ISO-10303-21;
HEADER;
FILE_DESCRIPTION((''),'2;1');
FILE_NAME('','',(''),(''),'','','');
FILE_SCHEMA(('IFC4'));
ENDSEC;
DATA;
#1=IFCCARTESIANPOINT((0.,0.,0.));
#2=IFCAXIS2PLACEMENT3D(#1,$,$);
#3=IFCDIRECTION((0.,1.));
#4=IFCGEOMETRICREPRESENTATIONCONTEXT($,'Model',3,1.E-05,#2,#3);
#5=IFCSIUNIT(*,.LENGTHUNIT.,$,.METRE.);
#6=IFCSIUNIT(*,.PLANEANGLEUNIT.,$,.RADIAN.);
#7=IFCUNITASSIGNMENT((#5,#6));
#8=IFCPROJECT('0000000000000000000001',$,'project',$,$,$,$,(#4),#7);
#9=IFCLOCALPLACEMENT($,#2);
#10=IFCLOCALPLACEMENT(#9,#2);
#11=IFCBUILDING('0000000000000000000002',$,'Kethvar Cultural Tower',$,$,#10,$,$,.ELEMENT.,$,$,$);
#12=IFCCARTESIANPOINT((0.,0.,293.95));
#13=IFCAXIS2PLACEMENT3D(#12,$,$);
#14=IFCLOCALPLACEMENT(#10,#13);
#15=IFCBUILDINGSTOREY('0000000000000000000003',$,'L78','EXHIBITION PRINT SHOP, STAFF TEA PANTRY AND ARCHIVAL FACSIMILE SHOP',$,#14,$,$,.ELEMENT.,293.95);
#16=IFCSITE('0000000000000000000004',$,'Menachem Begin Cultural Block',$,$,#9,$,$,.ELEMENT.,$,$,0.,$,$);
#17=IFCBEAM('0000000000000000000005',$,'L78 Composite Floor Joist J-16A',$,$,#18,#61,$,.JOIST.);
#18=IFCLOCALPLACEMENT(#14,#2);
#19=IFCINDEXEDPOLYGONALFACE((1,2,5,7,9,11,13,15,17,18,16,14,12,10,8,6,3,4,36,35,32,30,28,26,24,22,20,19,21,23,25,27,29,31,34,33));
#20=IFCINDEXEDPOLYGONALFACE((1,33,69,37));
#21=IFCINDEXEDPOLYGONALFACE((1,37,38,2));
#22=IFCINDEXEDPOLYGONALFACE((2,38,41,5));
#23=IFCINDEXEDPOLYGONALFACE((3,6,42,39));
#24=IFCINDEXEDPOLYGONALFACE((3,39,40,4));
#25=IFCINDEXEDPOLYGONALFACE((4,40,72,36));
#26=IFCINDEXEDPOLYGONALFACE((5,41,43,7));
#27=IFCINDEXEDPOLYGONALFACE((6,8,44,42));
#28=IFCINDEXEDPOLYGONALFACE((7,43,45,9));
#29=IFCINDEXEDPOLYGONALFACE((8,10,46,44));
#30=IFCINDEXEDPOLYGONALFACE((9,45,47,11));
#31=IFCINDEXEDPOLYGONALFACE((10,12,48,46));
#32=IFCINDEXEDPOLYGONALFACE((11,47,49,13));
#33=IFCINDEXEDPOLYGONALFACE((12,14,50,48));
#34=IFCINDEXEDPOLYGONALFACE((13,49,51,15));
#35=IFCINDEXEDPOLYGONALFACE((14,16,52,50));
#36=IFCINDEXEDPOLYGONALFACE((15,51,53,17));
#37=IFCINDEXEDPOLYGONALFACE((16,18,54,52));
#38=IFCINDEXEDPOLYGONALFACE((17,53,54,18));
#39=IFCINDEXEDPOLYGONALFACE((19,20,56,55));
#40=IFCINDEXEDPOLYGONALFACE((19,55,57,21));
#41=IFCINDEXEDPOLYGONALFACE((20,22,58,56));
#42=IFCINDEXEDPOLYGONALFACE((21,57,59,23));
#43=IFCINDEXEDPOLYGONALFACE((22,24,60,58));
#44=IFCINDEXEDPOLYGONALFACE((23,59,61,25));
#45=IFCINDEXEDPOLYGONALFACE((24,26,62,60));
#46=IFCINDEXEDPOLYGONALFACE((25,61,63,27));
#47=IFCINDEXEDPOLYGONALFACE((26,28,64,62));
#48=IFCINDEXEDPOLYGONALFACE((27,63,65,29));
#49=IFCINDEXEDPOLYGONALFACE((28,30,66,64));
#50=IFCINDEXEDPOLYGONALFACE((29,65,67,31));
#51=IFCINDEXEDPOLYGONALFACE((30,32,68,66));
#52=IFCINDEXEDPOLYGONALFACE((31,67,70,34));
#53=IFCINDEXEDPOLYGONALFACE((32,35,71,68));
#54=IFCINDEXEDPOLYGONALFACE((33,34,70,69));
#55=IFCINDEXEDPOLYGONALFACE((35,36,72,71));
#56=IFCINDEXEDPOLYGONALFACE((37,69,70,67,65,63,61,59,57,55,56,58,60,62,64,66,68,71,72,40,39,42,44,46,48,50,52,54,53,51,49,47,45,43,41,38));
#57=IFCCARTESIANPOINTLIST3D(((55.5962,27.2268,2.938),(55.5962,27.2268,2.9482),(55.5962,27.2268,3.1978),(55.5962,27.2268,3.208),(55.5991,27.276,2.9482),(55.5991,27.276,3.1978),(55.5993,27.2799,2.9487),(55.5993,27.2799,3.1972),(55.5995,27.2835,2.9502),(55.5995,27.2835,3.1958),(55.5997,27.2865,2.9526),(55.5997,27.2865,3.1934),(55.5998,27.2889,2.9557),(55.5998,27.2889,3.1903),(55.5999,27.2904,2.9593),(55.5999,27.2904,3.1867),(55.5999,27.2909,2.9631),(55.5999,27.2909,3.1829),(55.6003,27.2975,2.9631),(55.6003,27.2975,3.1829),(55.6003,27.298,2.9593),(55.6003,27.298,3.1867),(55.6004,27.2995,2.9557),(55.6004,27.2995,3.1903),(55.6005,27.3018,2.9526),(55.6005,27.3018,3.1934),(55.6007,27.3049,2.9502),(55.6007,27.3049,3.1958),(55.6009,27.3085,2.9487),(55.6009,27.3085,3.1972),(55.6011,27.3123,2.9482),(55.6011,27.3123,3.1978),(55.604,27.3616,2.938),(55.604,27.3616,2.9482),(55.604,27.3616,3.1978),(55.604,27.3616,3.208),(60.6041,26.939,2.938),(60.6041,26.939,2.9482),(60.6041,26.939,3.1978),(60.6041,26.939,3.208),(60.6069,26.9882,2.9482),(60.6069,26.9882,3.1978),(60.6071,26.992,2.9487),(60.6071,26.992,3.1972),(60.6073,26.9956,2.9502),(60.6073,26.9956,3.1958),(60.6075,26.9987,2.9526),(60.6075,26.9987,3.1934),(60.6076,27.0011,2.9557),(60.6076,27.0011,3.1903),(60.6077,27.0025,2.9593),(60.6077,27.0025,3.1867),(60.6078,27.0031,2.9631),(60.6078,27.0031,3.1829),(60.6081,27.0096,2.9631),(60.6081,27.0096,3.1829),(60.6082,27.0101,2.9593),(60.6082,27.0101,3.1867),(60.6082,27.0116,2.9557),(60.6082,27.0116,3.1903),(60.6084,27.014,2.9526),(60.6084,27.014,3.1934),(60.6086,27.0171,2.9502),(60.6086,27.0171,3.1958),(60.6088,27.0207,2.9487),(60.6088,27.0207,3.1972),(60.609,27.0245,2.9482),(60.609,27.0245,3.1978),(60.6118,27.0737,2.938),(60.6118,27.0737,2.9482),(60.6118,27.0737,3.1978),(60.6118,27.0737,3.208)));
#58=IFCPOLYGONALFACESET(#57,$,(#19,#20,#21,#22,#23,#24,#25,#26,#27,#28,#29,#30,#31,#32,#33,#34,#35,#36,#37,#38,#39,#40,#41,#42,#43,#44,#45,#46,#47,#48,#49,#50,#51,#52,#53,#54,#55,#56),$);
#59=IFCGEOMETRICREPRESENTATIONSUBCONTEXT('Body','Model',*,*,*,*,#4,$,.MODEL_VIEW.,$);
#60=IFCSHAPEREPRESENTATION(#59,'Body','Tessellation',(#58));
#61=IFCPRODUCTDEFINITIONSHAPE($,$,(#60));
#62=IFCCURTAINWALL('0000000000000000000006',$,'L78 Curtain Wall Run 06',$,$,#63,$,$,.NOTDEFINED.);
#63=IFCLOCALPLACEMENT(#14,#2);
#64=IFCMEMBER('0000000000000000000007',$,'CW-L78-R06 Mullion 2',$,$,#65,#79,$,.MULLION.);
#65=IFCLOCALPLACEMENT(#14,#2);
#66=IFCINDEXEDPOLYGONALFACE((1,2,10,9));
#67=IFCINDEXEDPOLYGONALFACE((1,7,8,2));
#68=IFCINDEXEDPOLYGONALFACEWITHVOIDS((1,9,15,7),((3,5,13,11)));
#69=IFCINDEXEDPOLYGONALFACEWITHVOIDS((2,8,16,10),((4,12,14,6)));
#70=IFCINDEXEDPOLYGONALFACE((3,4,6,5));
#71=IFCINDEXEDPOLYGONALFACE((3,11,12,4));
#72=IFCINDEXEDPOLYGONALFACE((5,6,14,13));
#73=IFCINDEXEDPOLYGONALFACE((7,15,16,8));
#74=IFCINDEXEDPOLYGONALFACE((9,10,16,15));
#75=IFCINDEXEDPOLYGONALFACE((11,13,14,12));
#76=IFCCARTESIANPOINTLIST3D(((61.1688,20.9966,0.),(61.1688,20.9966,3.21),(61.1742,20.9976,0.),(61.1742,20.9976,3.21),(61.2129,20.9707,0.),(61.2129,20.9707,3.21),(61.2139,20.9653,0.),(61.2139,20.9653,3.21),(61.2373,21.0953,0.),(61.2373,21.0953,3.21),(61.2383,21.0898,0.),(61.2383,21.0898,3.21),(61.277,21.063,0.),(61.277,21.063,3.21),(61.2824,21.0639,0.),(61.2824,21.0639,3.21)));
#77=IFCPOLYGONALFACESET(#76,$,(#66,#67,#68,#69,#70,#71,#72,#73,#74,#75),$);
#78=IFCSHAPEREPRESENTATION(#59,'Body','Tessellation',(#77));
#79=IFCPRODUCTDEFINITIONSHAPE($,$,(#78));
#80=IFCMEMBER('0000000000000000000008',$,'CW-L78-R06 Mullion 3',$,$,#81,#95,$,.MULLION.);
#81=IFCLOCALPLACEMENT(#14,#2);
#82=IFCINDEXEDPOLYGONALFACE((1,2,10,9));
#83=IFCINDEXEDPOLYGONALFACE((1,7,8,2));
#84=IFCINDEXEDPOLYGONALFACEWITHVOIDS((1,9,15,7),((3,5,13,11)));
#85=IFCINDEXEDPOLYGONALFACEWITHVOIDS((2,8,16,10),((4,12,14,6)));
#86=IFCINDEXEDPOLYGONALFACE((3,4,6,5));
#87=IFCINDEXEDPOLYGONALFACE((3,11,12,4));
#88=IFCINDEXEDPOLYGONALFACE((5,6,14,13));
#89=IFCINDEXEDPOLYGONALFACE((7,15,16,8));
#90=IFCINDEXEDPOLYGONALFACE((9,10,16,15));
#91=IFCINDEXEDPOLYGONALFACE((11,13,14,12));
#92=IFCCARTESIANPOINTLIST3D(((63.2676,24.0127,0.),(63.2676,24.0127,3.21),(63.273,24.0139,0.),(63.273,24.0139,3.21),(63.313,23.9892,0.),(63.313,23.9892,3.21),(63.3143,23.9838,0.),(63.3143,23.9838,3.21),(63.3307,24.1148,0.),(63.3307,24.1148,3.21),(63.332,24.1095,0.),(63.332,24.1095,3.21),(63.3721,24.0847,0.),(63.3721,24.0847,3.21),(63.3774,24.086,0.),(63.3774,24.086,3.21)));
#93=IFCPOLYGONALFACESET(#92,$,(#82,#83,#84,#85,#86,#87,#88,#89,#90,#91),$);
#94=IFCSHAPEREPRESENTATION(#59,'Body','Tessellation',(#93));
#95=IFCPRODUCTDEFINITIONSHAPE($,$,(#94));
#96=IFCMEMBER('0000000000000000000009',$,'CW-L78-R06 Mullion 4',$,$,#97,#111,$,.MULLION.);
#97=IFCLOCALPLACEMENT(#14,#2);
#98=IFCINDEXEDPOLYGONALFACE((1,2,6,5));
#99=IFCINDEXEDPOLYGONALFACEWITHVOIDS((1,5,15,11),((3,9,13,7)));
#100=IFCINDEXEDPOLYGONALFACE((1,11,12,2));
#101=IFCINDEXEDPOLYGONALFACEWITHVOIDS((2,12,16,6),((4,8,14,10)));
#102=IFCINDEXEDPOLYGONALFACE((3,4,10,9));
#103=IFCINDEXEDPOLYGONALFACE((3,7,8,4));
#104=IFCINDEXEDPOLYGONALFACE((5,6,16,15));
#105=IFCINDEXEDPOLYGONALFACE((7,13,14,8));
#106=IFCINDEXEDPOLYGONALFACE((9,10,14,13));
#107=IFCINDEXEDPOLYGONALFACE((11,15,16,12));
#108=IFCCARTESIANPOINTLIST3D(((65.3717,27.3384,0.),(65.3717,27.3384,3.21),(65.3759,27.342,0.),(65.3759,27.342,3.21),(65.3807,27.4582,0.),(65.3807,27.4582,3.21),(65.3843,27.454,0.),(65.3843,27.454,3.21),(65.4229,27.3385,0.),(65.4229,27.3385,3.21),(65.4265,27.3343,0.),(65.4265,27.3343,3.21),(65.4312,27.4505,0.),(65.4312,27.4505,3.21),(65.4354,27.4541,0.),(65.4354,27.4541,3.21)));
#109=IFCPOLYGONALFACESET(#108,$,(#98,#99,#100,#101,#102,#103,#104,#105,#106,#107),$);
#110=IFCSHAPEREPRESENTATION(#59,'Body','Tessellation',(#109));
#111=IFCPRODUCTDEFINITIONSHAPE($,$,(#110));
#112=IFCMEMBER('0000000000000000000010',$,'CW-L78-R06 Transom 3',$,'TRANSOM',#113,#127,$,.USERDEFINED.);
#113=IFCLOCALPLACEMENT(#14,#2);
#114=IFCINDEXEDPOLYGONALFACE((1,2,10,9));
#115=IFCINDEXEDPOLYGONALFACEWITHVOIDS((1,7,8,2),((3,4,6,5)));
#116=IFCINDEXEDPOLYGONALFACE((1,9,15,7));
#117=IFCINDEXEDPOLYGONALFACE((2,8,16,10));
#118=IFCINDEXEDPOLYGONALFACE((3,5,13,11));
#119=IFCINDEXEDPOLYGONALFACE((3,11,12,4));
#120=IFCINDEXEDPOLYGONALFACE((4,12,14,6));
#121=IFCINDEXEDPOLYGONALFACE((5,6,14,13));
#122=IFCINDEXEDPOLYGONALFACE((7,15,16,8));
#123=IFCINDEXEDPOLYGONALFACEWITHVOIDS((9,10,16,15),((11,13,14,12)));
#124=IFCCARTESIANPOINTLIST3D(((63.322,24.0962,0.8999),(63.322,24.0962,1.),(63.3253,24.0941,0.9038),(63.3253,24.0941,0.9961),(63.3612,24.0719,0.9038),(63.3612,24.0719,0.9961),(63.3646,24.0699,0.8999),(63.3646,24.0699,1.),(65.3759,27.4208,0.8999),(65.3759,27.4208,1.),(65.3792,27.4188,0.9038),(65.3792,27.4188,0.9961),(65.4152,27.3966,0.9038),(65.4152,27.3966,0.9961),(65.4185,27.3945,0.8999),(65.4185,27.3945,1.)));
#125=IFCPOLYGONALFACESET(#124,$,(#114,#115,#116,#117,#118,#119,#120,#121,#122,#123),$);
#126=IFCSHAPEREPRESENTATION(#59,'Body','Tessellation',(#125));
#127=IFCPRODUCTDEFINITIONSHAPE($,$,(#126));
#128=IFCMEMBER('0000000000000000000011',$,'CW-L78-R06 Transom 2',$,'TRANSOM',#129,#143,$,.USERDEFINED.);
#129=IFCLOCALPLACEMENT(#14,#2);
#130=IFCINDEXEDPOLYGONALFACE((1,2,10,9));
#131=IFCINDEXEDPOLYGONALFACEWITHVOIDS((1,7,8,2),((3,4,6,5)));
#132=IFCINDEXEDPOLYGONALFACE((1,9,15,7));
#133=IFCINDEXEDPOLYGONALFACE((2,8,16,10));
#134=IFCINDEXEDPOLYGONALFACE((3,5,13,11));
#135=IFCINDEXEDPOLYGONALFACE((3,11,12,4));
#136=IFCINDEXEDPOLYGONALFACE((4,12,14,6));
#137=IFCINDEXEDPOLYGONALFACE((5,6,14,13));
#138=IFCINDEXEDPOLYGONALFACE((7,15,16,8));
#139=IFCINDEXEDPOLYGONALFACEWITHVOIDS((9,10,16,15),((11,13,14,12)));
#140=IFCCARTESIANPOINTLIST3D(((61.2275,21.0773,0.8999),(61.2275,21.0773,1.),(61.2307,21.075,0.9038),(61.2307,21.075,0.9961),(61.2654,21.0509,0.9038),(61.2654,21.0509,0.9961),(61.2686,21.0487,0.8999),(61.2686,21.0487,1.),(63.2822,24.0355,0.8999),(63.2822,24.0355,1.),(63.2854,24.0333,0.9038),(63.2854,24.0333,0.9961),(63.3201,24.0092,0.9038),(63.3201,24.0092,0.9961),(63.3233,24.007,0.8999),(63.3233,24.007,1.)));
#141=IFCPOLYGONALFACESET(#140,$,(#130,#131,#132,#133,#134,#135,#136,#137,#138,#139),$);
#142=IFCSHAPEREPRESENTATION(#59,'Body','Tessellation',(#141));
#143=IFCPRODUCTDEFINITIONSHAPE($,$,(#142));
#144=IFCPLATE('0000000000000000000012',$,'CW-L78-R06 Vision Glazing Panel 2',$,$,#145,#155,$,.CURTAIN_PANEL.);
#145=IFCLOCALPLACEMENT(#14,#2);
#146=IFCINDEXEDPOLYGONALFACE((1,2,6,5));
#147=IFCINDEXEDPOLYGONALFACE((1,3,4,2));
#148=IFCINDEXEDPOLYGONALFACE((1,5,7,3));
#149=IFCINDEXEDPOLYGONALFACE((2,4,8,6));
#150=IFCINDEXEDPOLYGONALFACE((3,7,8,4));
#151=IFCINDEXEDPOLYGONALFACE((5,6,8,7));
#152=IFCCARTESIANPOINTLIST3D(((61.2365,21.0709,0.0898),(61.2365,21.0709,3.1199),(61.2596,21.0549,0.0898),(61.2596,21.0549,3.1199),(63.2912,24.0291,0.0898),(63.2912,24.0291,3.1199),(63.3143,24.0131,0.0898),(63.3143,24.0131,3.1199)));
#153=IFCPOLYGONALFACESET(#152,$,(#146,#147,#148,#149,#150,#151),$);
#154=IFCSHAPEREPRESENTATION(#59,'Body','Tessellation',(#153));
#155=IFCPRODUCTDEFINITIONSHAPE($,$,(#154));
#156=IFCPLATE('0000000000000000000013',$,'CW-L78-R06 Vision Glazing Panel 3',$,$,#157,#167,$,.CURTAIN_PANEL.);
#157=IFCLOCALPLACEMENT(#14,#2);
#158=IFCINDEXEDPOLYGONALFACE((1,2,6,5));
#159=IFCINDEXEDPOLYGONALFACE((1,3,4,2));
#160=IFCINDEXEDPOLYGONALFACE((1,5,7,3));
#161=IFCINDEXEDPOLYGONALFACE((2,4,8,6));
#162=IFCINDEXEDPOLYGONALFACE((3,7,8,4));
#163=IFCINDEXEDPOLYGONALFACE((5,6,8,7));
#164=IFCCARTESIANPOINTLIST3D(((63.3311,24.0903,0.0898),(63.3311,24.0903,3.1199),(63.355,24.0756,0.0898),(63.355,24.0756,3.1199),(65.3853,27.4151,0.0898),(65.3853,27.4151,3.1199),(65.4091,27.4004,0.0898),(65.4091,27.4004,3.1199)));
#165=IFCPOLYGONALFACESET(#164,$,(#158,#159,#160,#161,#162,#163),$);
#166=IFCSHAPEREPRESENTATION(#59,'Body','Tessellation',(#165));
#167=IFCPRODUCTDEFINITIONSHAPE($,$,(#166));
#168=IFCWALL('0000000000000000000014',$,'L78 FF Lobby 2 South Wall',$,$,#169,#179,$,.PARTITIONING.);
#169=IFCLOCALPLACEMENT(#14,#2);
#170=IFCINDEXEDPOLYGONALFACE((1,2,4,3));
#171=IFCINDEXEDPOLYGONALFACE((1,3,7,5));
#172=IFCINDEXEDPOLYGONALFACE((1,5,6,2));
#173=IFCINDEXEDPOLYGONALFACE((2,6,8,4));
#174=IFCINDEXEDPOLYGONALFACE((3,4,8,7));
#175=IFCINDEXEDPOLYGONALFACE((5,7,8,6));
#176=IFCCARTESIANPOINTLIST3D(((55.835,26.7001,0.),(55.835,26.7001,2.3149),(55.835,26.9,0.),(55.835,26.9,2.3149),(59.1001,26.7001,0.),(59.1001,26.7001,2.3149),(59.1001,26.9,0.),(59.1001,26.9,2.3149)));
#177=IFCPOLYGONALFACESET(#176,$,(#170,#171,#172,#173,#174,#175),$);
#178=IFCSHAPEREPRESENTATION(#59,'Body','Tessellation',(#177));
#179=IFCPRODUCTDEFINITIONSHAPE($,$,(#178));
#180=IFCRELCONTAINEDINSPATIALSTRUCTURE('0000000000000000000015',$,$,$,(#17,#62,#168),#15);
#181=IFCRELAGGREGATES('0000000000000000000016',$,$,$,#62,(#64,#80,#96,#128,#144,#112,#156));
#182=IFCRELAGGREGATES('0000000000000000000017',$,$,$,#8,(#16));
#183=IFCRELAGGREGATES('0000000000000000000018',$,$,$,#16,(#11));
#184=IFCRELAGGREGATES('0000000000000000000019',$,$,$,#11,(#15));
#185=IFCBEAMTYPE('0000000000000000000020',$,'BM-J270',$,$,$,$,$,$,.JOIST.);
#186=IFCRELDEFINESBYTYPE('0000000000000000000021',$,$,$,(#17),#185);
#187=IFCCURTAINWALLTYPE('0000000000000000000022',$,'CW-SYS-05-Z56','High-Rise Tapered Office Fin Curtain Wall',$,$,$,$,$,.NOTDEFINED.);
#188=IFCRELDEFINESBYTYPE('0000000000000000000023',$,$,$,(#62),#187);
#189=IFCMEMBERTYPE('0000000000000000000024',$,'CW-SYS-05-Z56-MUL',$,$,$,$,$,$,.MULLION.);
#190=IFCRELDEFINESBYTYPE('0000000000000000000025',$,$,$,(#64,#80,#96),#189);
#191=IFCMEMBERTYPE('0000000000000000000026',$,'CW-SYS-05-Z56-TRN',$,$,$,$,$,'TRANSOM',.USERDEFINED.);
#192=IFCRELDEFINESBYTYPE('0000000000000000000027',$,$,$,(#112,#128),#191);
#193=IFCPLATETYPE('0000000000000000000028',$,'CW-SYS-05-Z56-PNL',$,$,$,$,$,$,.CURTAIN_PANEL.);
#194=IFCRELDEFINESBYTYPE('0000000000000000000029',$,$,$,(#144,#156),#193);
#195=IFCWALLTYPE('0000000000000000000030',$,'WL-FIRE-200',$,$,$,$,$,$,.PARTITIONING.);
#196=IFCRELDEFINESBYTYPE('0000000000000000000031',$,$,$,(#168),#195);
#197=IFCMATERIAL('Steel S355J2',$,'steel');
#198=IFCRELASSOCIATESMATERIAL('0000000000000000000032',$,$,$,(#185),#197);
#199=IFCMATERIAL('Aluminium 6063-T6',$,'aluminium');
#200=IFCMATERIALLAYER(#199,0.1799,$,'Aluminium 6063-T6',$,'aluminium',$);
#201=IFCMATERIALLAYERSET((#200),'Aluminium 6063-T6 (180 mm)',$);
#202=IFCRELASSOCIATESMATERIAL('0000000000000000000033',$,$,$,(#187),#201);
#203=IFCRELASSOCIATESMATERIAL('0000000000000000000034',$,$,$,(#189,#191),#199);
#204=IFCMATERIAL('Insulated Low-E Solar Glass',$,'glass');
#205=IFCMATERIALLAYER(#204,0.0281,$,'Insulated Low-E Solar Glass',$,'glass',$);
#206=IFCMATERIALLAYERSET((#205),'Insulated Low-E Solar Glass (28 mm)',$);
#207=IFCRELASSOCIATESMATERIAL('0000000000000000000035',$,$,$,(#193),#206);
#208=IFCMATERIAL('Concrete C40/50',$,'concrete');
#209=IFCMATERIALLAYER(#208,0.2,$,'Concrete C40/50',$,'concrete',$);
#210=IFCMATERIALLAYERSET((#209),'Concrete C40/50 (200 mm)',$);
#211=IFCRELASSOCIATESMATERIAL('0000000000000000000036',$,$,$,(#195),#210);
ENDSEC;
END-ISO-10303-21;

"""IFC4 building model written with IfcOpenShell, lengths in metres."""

from ifc_helpers import new_model, si_unit, direction, frame, frame_2d, origin, origin_2d, place, context, subcontext, project, spatial, rectangle, hollow_rectangle, i_section, extrude, source, transform, mapped, material, layer, layer_set, material_profile, profile_set, type_object, element, aggregate, save


model = new_model("IFC4")

# Units and contexts
model_context = context("Model", 3, precision=1e-05, world=origin(), true_north=direction((0.0, 1.0)))
body_context = subcontext(model_context, "Body", "Model", "MODEL_VIEW")
ifc_project = project(units=[si_unit("LENGTHUNIT", "METRE"), si_unit("PLANEANGLEUNIT", "RADIAN")], contexts=[model_context])

# Site, building, storey
site_placement = place(None, origin())
site = spatial("IfcSite", under=ifc_project, at=site_placement, Name="Menachem Begin Cultural Block", CompositionType="ELEMENT", RefElevation=0.0)
building_placement = place(site_placement, origin())
building = spatial("IfcBuilding", under=site, at=building_placement, Name="Kethvar Cultural Tower", CompositionType="ELEMENT")
storey_placement = place(building_placement, frame((0.0, 0.0, 293.95)))
storey = spatial("IfcBuildingStorey", under=building, at=storey_placement, Name="L78", Description="EXHIBITION PRINT SHOP, STAFF TEA PANTRY AND ARCHIVAL FACSIMILE SHOP", CompositionType="ELEMENT", Elevation=293.95)

# Shared definitions
ifc_material_1 = material(Name="Steel S355J2", Category="steel")

# Beam
ifc_material_profile_1 = material_profile(ifc_material_1, i_section(OverallWidth=0.135, OverallDepth=0.27, WebThickness=0.0066, FlangeThickness=0.0103, FilletRadius=0.0149, at=origin_2d()), Name="Steel S355J2 — IPE270")
ifc_profile_set_1 = profile_set([ifc_material_profile_1], Name="Steel S355J2 — IPE270")
beam_type_1 = type_object("IfcBeamType", Name="BM-J270", PredefinedType="JOIST", material=ifc_profile_set_1)
shared_shape_1 = source(origin(), body_context, "Body", "SweptSolid", [
    extrude(i_section(OverallWidth=0.135, OverallDepth=0.27, WebThickness=0.0066, FlangeThickness=0.0103, FilletRadius=0.0149, at=origin_2d()), origin(), (0.0, 0.0, 1.0), 5.0161),
])
beam_1_placement = place(storey_placement, frame((55.6001, 27.2942, 3.073), z_axis=(0.998352, -0.057384, 0.0), x_axis=(0.057384, 0.998352, 0.0)))
element("IfcBeam", 1, at=beam_1_placement, inside=storey, type_object=beam_type_1, Name="L78 Composite Floor Joist J-16A", PredefinedType="JOIST", context=body_context, shape_type="MappedRepresentation", body=[
    mapped(shared_shape_1, transform((0.0, 0.0, 0.0), scale=1.0)),
])

# Curtain wall, members, plates
ifc_material_2 = material(Name="Aluminium 6063-T6", Category="aluminium")
ifc_layer_1 = layer(ifc_material_2, 0.1799, Name="Aluminium 6063-T6", Category="aluminium")
ifc_layer_set_1 = layer_set([ifc_layer_1], Name="Aluminium 6063-T6 (180 mm)")
curtain_wall_type = type_object("IfcCurtainWallType", Name="CW-SYS-05-Z56", Description="High-Rise Tapered Office Fin Curtain Wall", PredefinedType="NOTDEFINED", material=ifc_layer_set_1)
curtain_wall_placement = place(storey_placement, origin())
curtain_wall = element("IfcCurtainWall", 2, at=curtain_wall_placement, inside=storey, type_object=curtain_wall_type, Name="L78 Curtain Wall Run 06", PredefinedType="NOTDEFINED")
ifc_material_profile_2 = material_profile(ifc_material_2, hollow_rectangle(XDim=0.0549, YDim=0.1201, WallThickness=0.0039, at=origin_2d()), Name="Aluminium 6063-T6 — RHS120x55x4")
ifc_profile_set_2 = profile_set([ifc_material_profile_2], Name="Aluminium 6063-T6 — RHS120x55x4")
member_type_1 = type_object("IfcMemberType", Name="CW-SYS-05-Z56-MUL", PredefinedType="MULLION", material=ifc_profile_set_2)
shared_shape_2 = source(origin(), body_context, "Body", "SweptSolid", [
    extrude(hollow_rectangle(XDim=0.0549, YDim=0.1201, WallThickness=0.0039, at=origin_2d()), origin(), (0.0, 0.0, 1.0), 3.21),
])
member_1_placement = place(storey_placement, frame((61.2256, 21.0303, 0.0), z_axis=(0.0, 0.0, 1.0), x_axis=(-0.821328, 0.570456, 0.0)))
member_1 = element("IfcMember", 3, at=member_1_placement, type_object=member_type_1, Name="CW-L78-R06 Mullion 2", PredefinedType="MULLION", context=body_context, shape_type="MappedRepresentation", body=[
    mapped(shared_shape_2, transform((0.0, 0.0, 0.0), scale=1.0)),
])
member_2_placement = place(storey_placement, frame((63.3225, 24.0493, 0.0), z_axis=(0.0, 0.0, 1.0), x_axis=(-0.850729, 0.525605, 0.0)))
member_2 = element("IfcMember", 4, at=member_2_placement, type_object=member_type_1, Name="CW-L78-R06 Mullion 3", PredefinedType="MULLION", context=body_context, shape_type="MappedRepresentation", body=[
    mapped(shared_shape_2, transform((0.0, 0.0, 0.0), scale=1.0)),
])
member_3_placement = place(storey_placement, frame((65.4036, 27.3962, 0.0), z_axis=(0.0, 0.0, 1.0), x_axis=(-0.997213, 0.074613, 0.0)))
member_3 = element("IfcMember", 5, at=member_3_placement, type_object=member_type_1, Name="CW-L78-R06 Mullion 4", PredefinedType="MULLION", context=body_context, shape_type="MappedRepresentation", body=[
    mapped(shared_shape_2, transform((0.0, 0.0, 0.0), scale=1.0)),
])
ifc_material_profile_3 = material_profile(ifc_material_2, hollow_rectangle(XDim=0.05, YDim=0.1001, WallThickness=0.0039, at=origin_2d()), Name="Aluminium 6063-T6 — RHS100x50x4")
ifc_profile_set_3 = profile_set([ifc_material_profile_3], Name="Aluminium 6063-T6 — RHS100x50x4")
member_type_2 = type_object("IfcMemberType", Name="CW-SYS-05-Z56-TRN", ElementType="TRANSOM", PredefinedType="USERDEFINED", material=ifc_profile_set_3)
shared_shape_3 = source(origin(), body_context, "Body", "SweptSolid", [
    extrude(hollow_rectangle(XDim=0.05, YDim=0.1001, WallThickness=0.0039, at=origin_2d()), origin(), (0.0, 0.0, 1.0), 3.908),
])
member_4_placement = place(storey_placement, frame((63.3433, 24.083, 0.95), z_axis=(0.525578, 0.850745, 0.0), x_axis=(-0.850745, 0.525578, 0.0)))
member_4 = element("IfcMember", 6, at=member_4_placement, type_object=member_type_2, Name="CW-L78-R06 Transom 3", ObjectType="TRANSOM", PredefinedType="USERDEFINED", context=body_context, shape_type="MappedRepresentation", body=[
    mapped(shared_shape_3, transform((0.0, 0.0, 0.0), scale=1.0)),
])
shared_shape_4 = source(origin(), body_context, "Body", "SweptSolid", [
    extrude(hollow_rectangle(XDim=0.05, YDim=0.1001, WallThickness=0.0039, at=origin_2d()), origin(), (0.0, 0.0, 1.0), 3.6018),
])
member_5_placement = place(storey_placement, frame((61.248, 21.063, 0.95), z_axis=(0.570461, 0.821325, 0.0), x_axis=(-0.821325, 0.570461, 0.0)))
member_5 = element("IfcMember", 7, at=member_5_placement, type_object=member_type_2, Name="CW-L78-R06 Transom 2", ObjectType="TRANSOM", PredefinedType="USERDEFINED", context=body_context, shape_type="MappedRepresentation", body=[
    mapped(shared_shape_4, transform((0.0, 0.0, 0.0), scale=1.0)),
])
ifc_material_3 = material(Name="Insulated Low-E Solar Glass", Category="glass")
ifc_layer_2 = layer(ifc_material_3, 0.0281, Name="Insulated Low-E Solar Glass", Category="glass")
ifc_layer_set_2 = layer_set([ifc_layer_2], Name="Insulated Low-E Solar Glass (28 mm)")
plate_type = type_object("IfcPlateType", Name="CW-SYS-05-Z56-PNL", PredefinedType="CURTAIN_PANEL", material=ifc_layer_set_2)
shared_shape_5 = source(origin(), body_context, "Body", "SweptSolid", [
    extrude(rectangle(XDim=3.6018, YDim=0.0281, at=origin_2d()), origin(), (0.0, 0.0, 1.0), 3.03),
])
plate_1_placement = place(storey_placement, frame((62.2754, 22.542, 0.0898), z_axis=(0.0, 0.0, 1.0), x_axis=(0.570456, 0.821328, 0.0)))
plate_1 = element("IfcPlate", 8, at=plate_1_placement, type_object=plate_type, Name="CW-L78-R06 Vision Glazing Panel 2", PredefinedType="CURTAIN_PANEL", context=body_context, shape_type="MappedRepresentation", body=[
    mapped(shared_shape_5, transform((0.0, 0.0, 0.0), scale=1.0)),
])
shared_shape_6 = source(origin(), body_context, "Body", "SweptSolid", [
    extrude(rectangle(XDim=3.9082, YDim=0.0281, at=origin_2d()), origin(), (0.0, 0.0, 1.0), 3.03),
])
plate_2_placement = place(storey_placement, frame((64.3701, 25.7454, 0.0898), z_axis=(0.0, 0.0, 1.0), x_axis=(0.525605, 0.850729, 0.0)))
plate_2 = element("IfcPlate", 9, at=plate_2_placement, type_object=plate_type, Name="CW-L78-R06 Vision Glazing Panel 3", PredefinedType="CURTAIN_PANEL", context=body_context, shape_type="MappedRepresentation", body=[
    mapped(shared_shape_6, transform((0.0, 0.0, 0.0), scale=1.0)),
])
aggregate(curtain_wall, [member_1, member_2, member_3, member_5, plate_1, member_4, plate_2])

# Shared definitions
ifc_material_4 = material(Name="Concrete C40/50", Category="concrete")
ifc_layer_3 = layer(ifc_material_4, 0.2, Name="Concrete C40/50", Category="concrete")
ifc_layer_set_3 = layer_set([ifc_layer_3], Name="Concrete C40/50 (200 mm)")
wall_type = type_object("IfcWallType", Name="WL-FIRE-200", PredefinedType="PARTITIONING", material=ifc_layer_set_3)

# Wall
wall_1_placement = place(storey_placement, frame((55.835, 26.8, 0.0), z_axis=(0.0, 0.0, 1.0), x_axis=(1.0, 0.0, 0.0)))
element("IfcWall", 10, at=wall_1_placement, inside=storey, type_object=wall_type, Name="L78 FF Lobby 2 South Wall", PredefinedType="PARTITIONING", context=body_context, shape_type="SweptSolid", body=[
    extrude(rectangle(XDim=3.2651, YDim=0.2, at=frame_2d((1.6326, 0.0))), origin(), (0.0, 0.0, 1.0), 2.3149),
])

save(model, "model.ifc")
